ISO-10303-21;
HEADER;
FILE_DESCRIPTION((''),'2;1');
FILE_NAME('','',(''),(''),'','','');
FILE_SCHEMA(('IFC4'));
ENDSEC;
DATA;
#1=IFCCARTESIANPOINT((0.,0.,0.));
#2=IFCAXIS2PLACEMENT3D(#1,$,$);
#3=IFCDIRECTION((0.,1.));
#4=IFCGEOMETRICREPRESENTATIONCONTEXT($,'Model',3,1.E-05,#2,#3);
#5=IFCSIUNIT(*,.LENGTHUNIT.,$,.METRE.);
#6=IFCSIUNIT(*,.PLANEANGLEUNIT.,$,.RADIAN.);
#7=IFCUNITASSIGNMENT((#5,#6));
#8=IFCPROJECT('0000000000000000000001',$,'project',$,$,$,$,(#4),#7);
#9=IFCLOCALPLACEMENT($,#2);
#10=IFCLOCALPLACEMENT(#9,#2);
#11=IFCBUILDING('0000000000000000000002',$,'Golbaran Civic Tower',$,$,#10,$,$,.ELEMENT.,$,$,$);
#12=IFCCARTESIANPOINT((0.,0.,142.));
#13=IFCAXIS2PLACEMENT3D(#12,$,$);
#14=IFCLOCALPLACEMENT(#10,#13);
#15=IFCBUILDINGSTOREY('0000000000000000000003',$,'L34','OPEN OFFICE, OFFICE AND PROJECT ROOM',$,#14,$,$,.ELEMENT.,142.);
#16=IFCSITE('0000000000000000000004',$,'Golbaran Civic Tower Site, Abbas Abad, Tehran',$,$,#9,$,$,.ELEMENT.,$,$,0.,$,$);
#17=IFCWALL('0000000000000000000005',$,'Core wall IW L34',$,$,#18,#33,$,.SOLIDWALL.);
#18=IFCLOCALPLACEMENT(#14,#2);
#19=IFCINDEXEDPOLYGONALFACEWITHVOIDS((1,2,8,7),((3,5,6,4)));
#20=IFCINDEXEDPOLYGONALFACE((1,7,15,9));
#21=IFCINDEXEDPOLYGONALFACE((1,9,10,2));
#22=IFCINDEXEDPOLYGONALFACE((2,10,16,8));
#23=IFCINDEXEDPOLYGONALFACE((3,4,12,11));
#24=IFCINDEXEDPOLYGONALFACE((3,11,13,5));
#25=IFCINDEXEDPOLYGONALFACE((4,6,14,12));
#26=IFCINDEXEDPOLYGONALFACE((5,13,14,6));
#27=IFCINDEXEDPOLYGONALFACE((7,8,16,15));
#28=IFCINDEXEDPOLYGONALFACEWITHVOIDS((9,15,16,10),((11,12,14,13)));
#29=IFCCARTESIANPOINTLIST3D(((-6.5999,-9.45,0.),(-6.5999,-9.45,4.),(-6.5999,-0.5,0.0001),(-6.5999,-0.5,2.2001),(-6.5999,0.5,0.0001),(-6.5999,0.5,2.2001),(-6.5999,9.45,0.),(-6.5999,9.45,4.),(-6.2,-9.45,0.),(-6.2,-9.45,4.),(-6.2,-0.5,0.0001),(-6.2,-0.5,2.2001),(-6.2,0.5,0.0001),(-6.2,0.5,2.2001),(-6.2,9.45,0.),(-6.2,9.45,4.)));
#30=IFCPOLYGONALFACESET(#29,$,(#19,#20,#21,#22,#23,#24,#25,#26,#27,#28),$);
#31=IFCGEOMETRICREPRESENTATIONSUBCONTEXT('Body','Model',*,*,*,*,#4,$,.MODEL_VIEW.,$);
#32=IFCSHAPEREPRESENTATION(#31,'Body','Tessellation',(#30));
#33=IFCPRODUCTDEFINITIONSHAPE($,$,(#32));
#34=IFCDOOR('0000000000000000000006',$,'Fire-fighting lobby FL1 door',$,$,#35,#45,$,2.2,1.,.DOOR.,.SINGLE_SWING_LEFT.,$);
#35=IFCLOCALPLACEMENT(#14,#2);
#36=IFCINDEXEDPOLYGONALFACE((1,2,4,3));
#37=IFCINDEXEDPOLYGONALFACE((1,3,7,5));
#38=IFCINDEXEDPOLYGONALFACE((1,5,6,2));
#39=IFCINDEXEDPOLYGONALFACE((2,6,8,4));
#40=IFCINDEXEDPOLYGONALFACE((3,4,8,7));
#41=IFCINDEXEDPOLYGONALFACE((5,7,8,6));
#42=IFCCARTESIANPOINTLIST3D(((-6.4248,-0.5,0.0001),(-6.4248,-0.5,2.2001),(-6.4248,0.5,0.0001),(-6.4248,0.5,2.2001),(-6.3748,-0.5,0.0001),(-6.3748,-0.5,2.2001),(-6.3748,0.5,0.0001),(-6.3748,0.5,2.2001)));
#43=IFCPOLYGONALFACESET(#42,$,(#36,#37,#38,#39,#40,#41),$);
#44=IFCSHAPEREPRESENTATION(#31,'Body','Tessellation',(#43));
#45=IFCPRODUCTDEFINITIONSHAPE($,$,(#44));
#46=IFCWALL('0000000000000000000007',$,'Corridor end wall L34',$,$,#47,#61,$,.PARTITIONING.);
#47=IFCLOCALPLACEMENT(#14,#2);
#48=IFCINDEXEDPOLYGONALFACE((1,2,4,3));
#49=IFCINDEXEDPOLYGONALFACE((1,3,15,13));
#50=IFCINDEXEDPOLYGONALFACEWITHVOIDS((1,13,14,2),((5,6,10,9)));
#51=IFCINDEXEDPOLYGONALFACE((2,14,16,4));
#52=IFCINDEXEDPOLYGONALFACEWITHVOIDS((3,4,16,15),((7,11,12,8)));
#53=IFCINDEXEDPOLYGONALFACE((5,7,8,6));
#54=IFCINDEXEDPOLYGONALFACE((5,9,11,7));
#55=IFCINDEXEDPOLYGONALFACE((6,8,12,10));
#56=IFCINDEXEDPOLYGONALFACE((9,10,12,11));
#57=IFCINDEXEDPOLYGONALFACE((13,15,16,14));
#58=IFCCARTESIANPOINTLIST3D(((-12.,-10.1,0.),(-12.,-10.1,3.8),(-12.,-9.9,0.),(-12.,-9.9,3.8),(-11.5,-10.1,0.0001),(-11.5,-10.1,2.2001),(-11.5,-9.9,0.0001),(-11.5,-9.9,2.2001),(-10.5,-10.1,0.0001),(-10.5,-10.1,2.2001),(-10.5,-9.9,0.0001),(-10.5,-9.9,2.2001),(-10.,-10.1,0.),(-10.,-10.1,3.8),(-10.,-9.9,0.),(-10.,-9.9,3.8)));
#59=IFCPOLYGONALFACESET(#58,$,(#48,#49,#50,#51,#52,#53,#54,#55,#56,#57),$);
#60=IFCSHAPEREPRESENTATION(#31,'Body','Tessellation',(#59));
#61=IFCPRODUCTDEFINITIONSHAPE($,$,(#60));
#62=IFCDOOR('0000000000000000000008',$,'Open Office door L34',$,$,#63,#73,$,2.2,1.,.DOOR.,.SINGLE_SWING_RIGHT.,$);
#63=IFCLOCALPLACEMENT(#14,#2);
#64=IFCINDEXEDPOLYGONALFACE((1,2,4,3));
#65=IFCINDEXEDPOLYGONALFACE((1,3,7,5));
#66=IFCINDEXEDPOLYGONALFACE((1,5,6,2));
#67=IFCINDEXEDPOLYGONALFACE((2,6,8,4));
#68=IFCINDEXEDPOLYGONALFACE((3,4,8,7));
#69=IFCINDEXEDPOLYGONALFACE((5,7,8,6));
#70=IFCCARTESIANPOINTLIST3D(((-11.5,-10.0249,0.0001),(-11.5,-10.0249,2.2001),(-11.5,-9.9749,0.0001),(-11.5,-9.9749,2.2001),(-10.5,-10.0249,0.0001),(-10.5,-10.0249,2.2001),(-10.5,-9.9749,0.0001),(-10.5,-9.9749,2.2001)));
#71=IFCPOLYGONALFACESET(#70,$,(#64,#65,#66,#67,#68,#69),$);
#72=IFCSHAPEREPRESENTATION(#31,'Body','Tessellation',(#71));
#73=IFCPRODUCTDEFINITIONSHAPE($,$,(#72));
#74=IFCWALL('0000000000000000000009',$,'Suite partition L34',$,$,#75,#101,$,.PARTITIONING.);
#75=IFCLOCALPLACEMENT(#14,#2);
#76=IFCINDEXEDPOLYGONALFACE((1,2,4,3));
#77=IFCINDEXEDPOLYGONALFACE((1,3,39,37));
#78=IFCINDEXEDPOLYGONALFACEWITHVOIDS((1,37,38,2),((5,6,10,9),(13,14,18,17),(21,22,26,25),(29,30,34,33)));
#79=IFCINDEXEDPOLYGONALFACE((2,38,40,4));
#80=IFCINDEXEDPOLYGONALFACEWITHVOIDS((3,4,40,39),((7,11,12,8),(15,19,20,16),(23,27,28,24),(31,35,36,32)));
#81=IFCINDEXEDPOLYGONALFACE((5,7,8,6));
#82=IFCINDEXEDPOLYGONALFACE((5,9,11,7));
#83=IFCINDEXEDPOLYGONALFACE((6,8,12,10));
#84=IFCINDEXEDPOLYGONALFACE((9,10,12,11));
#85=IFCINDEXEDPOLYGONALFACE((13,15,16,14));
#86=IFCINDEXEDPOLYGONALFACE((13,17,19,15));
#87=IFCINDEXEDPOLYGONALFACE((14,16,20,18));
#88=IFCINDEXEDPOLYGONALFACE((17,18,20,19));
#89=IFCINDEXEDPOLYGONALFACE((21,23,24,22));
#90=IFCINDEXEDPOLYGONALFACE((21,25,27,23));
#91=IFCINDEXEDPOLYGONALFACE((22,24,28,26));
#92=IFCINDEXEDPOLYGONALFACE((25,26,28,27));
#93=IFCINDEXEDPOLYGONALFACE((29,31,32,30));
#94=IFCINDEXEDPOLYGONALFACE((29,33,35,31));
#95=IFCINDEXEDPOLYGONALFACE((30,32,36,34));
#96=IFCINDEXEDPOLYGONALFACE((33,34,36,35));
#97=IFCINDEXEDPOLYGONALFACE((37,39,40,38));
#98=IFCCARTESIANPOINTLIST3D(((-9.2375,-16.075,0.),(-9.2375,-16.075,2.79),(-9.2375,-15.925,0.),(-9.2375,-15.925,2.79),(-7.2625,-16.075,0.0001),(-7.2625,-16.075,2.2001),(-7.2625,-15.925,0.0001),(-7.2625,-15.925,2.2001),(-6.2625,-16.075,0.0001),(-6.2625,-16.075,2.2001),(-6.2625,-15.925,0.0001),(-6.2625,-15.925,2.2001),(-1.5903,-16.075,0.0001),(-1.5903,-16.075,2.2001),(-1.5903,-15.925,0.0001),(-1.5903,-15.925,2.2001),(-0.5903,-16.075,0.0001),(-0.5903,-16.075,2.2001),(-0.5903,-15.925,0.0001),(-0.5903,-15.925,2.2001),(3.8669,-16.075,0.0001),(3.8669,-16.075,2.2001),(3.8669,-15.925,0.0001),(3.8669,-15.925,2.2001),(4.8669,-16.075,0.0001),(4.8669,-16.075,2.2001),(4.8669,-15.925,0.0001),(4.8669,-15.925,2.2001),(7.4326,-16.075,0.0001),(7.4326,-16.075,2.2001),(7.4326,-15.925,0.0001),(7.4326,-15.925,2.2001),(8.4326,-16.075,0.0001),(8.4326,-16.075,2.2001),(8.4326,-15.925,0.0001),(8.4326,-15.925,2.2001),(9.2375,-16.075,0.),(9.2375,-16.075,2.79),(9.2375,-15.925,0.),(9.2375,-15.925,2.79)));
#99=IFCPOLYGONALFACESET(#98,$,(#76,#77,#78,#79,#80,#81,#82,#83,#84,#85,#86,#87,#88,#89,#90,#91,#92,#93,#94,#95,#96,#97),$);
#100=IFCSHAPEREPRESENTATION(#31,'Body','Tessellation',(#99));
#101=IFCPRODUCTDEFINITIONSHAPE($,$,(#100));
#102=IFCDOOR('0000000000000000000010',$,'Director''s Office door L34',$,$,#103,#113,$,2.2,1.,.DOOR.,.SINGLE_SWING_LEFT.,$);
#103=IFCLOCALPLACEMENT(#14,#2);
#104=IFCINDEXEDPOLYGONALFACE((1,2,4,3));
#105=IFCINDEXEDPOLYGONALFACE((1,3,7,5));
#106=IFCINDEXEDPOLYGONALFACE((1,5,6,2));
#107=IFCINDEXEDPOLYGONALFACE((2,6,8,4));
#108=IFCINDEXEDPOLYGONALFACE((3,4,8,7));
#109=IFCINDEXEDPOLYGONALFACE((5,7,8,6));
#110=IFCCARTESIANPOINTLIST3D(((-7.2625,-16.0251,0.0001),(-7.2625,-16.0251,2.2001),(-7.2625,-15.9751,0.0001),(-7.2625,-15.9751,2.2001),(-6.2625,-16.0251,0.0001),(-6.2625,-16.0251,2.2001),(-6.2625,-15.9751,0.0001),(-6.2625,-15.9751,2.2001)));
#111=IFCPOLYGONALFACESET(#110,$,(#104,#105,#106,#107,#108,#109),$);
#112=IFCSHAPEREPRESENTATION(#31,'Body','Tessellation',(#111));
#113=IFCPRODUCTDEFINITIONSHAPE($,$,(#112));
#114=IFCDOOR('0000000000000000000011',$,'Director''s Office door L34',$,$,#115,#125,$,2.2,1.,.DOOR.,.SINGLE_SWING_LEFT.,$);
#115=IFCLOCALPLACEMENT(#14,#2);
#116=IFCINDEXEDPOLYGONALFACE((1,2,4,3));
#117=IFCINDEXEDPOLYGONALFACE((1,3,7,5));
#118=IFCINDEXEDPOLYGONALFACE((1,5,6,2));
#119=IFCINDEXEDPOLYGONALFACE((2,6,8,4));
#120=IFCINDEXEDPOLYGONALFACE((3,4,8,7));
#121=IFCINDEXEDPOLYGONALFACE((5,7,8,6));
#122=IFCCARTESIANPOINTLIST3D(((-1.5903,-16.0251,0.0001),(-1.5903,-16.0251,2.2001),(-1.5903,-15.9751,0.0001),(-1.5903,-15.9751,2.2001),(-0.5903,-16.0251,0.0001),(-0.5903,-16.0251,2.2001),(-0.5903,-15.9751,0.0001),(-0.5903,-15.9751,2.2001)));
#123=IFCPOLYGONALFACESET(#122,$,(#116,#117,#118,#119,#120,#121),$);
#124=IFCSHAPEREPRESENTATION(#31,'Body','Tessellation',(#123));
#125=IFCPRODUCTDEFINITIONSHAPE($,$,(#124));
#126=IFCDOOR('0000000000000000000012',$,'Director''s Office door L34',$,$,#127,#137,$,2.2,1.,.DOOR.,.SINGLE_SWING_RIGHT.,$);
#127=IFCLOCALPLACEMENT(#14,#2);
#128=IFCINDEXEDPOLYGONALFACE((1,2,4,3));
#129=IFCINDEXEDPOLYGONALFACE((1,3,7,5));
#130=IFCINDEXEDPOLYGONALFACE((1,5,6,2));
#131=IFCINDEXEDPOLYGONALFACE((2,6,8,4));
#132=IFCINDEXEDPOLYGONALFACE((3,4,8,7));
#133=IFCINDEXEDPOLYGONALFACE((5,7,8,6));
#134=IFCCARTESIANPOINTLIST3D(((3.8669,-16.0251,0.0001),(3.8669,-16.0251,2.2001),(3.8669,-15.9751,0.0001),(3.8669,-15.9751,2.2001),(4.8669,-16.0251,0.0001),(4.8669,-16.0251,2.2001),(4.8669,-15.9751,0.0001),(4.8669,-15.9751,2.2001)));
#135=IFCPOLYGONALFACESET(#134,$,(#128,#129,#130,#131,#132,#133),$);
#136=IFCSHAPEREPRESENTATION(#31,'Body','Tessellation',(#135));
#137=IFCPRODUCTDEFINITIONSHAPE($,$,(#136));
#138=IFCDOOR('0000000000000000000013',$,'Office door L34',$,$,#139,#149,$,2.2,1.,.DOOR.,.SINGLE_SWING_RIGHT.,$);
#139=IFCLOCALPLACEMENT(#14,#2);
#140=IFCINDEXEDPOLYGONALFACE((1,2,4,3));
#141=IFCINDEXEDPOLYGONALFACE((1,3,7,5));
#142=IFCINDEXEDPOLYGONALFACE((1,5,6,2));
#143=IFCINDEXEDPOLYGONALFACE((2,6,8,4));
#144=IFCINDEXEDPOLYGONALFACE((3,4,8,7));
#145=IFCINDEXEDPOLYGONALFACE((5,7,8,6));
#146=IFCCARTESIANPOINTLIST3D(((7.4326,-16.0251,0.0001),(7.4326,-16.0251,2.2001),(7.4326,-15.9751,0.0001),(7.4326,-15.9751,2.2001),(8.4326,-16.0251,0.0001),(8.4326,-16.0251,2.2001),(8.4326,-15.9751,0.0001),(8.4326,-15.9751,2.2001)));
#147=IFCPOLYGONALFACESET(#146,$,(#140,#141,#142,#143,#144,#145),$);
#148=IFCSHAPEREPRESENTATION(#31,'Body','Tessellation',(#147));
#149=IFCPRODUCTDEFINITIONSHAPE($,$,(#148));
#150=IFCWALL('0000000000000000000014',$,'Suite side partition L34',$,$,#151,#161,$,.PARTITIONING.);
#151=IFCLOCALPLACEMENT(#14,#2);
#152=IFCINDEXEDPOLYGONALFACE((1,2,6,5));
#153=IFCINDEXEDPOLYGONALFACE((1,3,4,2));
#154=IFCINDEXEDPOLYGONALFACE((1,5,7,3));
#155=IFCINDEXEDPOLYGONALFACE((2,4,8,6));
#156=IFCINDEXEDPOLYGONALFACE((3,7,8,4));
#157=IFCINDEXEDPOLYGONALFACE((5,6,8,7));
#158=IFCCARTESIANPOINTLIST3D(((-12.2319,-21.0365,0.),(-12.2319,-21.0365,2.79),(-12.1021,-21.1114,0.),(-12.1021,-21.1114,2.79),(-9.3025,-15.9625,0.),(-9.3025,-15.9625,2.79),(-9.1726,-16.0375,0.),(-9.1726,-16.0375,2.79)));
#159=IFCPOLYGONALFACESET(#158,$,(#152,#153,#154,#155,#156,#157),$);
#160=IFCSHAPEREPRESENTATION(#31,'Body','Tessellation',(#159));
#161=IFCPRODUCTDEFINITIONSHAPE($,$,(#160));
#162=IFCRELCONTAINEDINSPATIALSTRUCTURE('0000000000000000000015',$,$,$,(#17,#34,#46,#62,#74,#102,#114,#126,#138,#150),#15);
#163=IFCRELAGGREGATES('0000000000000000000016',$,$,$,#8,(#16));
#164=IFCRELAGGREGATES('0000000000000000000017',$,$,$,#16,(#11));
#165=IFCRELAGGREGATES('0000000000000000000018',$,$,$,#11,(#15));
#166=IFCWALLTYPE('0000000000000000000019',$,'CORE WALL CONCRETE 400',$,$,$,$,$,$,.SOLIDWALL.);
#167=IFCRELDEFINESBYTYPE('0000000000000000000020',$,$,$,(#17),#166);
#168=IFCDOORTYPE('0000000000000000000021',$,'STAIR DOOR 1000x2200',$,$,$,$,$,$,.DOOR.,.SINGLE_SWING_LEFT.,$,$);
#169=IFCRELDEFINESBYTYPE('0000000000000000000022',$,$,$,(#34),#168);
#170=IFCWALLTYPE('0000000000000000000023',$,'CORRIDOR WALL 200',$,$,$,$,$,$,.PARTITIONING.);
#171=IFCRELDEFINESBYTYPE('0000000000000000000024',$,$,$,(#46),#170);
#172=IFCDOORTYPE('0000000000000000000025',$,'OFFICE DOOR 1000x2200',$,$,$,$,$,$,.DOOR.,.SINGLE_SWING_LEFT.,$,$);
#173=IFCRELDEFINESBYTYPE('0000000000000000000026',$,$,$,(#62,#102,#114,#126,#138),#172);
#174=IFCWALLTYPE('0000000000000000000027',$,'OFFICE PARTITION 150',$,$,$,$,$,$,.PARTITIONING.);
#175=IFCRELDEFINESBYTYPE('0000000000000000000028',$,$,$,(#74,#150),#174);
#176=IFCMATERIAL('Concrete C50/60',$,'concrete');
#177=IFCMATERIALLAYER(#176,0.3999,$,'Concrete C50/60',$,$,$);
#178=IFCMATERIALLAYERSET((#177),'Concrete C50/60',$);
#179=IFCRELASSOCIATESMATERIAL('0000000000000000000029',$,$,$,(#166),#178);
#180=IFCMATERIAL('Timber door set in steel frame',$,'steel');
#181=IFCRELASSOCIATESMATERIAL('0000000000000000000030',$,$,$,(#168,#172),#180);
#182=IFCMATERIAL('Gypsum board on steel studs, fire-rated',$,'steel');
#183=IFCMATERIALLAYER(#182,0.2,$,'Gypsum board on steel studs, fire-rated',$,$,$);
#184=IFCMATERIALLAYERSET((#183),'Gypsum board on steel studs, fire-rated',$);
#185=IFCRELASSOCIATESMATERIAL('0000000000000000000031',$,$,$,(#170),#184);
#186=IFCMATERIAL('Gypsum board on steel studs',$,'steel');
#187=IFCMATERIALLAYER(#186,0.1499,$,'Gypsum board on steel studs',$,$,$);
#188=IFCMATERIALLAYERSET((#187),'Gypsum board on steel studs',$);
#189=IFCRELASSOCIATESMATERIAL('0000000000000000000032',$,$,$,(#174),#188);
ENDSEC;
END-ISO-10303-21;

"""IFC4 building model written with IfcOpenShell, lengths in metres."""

from ifc_helpers import new_model, si_unit, direction, frame, frame_2d, origin, place, context, subcontext, project, spatial, rectangle, extrude, material, layer, layer_set, type_object, element, fill, save


model = new_model("IFC4")

# Units and contexts
model_context = context("Model", 3, precision=1e-05, world=origin(), true_north=direction((0.0, 1.0)))
body_context = subcontext(model_context, "Body", "Model", "MODEL_VIEW")
ifc_project = project(units=[si_unit("LENGTHUNIT", "METRE"), si_unit("PLANEANGLEUNIT", "RADIAN")], contexts=[model_context])

# Site, building, storey
site_placement = place(None, origin())
site = spatial("IfcSite", under=ifc_project, at=site_placement, Name="Golbaran Civic Tower Site, Abbas Abad, Tehran", CompositionType="ELEMENT", RefElevation=0.0)
building_placement = place(site_placement, origin())
building = spatial("IfcBuilding", under=site, at=building_placement, Name="Golbaran Civic Tower", CompositionType="ELEMENT")
storey_placement = place(building_placement, frame((0.0, 0.0, 142.0)))
storey = spatial("IfcBuildingStorey", under=building, at=storey_placement, Name="L34", Description="OPEN OFFICE, OFFICE AND PROJECT ROOM", CompositionType="ELEMENT", Elevation=142.0)

# Walls, openings, doors
ifc_material_1 = material(Name="Concrete C50/60", Category="concrete")
ifc_layer_1 = layer(ifc_material_1, 0.3999, Name="Concrete C50/60")
ifc_layer_set_1 = layer_set([ifc_layer_1], Name="Concrete C50/60")
wall_type_1 = type_object("IfcWallType", Name="CORE WALL CONCRETE 400", PredefinedType="SOLIDWALL", material=ifc_layer_set_1)
wall_1_placement = place(storey_placement, frame((-6.3999, -9.45, 0.0), z_axis=(0.0, 0.0, 1.0), x_axis=(0.0, 1.0, 0.0)))
wall_1 = element("IfcWall", 1, at=wall_1_placement, inside=storey, type_object=wall_type_1, Name="Core wall IW L34", PredefinedType="SOLIDWALL", context=body_context, shape_type="SweptSolid", body=[
    extrude(rectangle(XDim=18.8999, YDim=0.3999, at=frame_2d((9.45, 0.0))), origin(), (0.0, 0.0, 1.0), 4.0),
])
opening_1_placement = place(wall_1_placement, frame((8.95, 0.0, 0.0)))
opening_1 = element("IfcOpeningElement", 2, at=opening_1_placement, cuts=wall_1, PredefinedType="OPENING", context=body_context, shape_type="SweptSolid", body=[
    extrude(rectangle(XDim=1.0, YDim=2.2, at=frame_2d((0.5, 1.1001))), frame((0.0, 0.21, 0.0), z_axis=(0.0, -1.0, 0.0), x_axis=(1.0, 0.0, 0.0)), (0.0, 0.0, 1.0), 0.4199),
])
ifc_material_2 = material(Name="Timber door set in steel frame", Category="steel")
door_type_1 = type_object("IfcDoorType", Name="STAIR DOOR 1000x2200", OperationType="SINGLE_SWING_LEFT", PredefinedType="DOOR", material=ifc_material_2)
door_1_placement = place(opening_1_placement, origin())
door_1 = element("IfcDoor", 3, at=door_1_placement, inside=storey, type_object=door_type_1, Name="Fire-fighting lobby FL1 door", OperationType="SINGLE_SWING_LEFT", OverallHeight=2.2, OverallWidth=1.0, PredefinedType="DOOR", context=body_context, shape_type="SweptSolid", body=[
    extrude(rectangle(XDim=1.0, YDim=2.2, at=frame_2d((0.5, 1.1001))), frame((0.0, 0.0249, 0.0), z_axis=(0.0, -1.0, 0.0), x_axis=(1.0, 0.0, 0.0)), (0.0, 0.0, 1.0), 0.05),
])
fill(opening_1, door_1)
ifc_material_3 = material(Name="Gypsum board on steel studs, fire-rated", Category="steel")
ifc_layer_2 = layer(ifc_material_3, 0.2, Name="Gypsum board on steel studs, fire-rated")
ifc_layer_set_2 = layer_set([ifc_layer_2], Name="Gypsum board on steel studs, fire-rated")
wall_type_2 = type_object("IfcWallType", Name="CORRIDOR WALL 200", PredefinedType="PARTITIONING", material=ifc_layer_set_2)
wall_2_placement = place(storey_placement, frame((-10.0, -10.0, 0.0), z_axis=(0.0, 0.0, 1.0), x_axis=(-1.0, 0.0, 0.0)))
wall_2 = element("IfcWall", 4, at=wall_2_placement, inside=storey, type_object=wall_type_2, Name="Corridor end wall L34", PredefinedType="PARTITIONING", context=body_context, shape_type="SweptSolid", body=[
    extrude(rectangle(XDim=2.0, YDim=0.2, at=frame_2d((1.0, 0.0))), origin(), (0.0, 0.0, 1.0), 3.8),
])
opening_2_placement = place(wall_2_placement, frame((0.5, 0.0, 0.0)))
opening_2 = element("IfcOpeningElement", 5, at=opening_2_placement, cuts=wall_2, PredefinedType="OPENING", context=body_context, shape_type="SweptSolid", body=[
    extrude(rectangle(XDim=1.0, YDim=2.2, at=frame_2d((0.5, 1.1001))), frame((0.0, 0.1099, 0.0), z_axis=(0.0, -1.0, 0.0), x_axis=(1.0, 0.0, 0.0)), (0.0, 0.0, 1.0), 0.22),
])
door_type_2 = type_object("IfcDoorType", Name="OFFICE DOOR 1000x2200", OperationType="SINGLE_SWING_LEFT", PredefinedType="DOOR", material=ifc_material_2)
door_2_placement = place(opening_2_placement, origin())
door_2 = element("IfcDoor", 6, at=door_2_placement, inside=storey, type_object=door_type_2, Name="Open Office door L34", OperationType="SINGLE_SWING_RIGHT", OverallHeight=2.2, OverallWidth=1.0, PredefinedType="DOOR", context=body_context, shape_type="SweptSolid", body=[
    extrude(rectangle(XDim=1.0, YDim=2.2, at=frame_2d((0.5, 1.1001))), frame((0.0, 0.0249, 0.0), z_axis=(0.0, -1.0, 0.0), x_axis=(1.0, 0.0, 0.0)), (0.0, 0.0, 1.0), 0.05),
])
fill(opening_2, door_2)

# Wall, openings, doors
ifc_material_4 = material(Name="Gypsum board on steel studs", Category="steel")
ifc_layer_3 = layer(ifc_material_4, 0.1499, Name="Gypsum board on steel studs")
ifc_layer_set_3 = layer_set([ifc_layer_3], Name="Gypsum board on steel studs")
wall_type_3 = type_object("IfcWallType", Name="OFFICE PARTITION 150", PredefinedType="PARTITIONING", material=ifc_layer_set_3)
wall_3_placement = place(storey_placement, frame((-9.2375, -16.0, 0.0), z_axis=(0.0, 0.0, 1.0), x_axis=(1.0, 0.0, 0.0)))
wall_3 = element("IfcWall", 7, at=wall_3_placement, inside=storey, type_object=wall_type_3, Name="Suite partition L34", PredefinedType="PARTITIONING", context=body_context, shape_type="SweptSolid", body=[
    extrude(rectangle(XDim=18.4751, YDim=0.1499, at=frame_2d((9.2375, 0.0))), origin(), (0.0, 0.0, 1.0), 2.79),
])
opening_3_placement = place(wall_3_placement, frame((1.9751, 0.0, 0.0)))
opening_3 = element("IfcOpeningElement", 8, at=opening_3_placement, cuts=wall_3, PredefinedType="OPENING", context=body_context, shape_type="SweptSolid", body=[
    extrude(rectangle(XDim=1.0, YDim=2.2, at=frame_2d((0.5, 1.1001))), frame((0.0, 0.085, 0.0), z_axis=(0.0, -1.0, 0.0), x_axis=(1.0, 0.0, 0.0)), (0.0, 0.0, 1.0), 0.1699),
])
opening_4_placement = place(wall_3_placement, frame((7.6472, 0.0, 0.0)))
opening_4 = element("IfcOpeningElement", 9, at=opening_4_placement, cuts=wall_3, PredefinedType="OPENING", context=body_context, shape_type="SweptSolid", body=[
    extrude(rectangle(XDim=1.0, YDim=2.2, at=frame_2d((0.5, 1.1001))), frame((0.0, 0.085, 0.0), z_axis=(0.0, -1.0, 0.0), x_axis=(1.0, 0.0, 0.0)), (0.0, 0.0, 1.0), 0.1699),
])
opening_5_placement = place(wall_3_placement, frame((13.1045, 0.0, 0.0)))
opening_5 = element("IfcOpeningElement", 10, at=opening_5_placement, cuts=wall_3, PredefinedType="OPENING", context=body_context, shape_type="SweptSolid", body=[
    extrude(rectangle(XDim=1.0, YDim=2.2, at=frame_2d((0.5, 1.1001))), frame((0.0, 0.085, 0.0), z_axis=(0.0, -1.0, 0.0), x_axis=(1.0, 0.0, 0.0)), (0.0, 0.0, 1.0), 0.1699),
])
opening_6_placement = place(wall_3_placement, frame((16.6702, 0.0, 0.0)))
opening_6 = element("IfcOpeningElement", 11, at=opening_6_placement, cuts=wall_3, PredefinedType="OPENING", context=body_context, shape_type="SweptSolid", body=[
    extrude(rectangle(XDim=1.0, YDim=2.2, at=frame_2d((0.5, 1.1001))), frame((0.0, 0.085, 0.0), z_axis=(0.0, -1.0, 0.0), x_axis=(1.0, 0.0, 0.0)), (0.0, 0.0, 1.0), 0.1699),
])
door_3_placement = place(opening_3_placement, origin())
door_3 = element("IfcDoor", 12, at=door_3_placement, inside=storey, type_object=door_type_2, Name="Director's Office door L34", OperationType="SINGLE_SWING_LEFT", OverallHeight=2.2, OverallWidth=1.0, PredefinedType="DOOR", context=body_context, shape_type="SweptSolid", body=[
    extrude(rectangle(XDim=1.0, YDim=2.2, at=frame_2d((0.5, 1.1001))), frame((0.0, 0.0249, 0.0), z_axis=(0.0, -1.0, 0.0), x_axis=(1.0, 0.0, 0.0)), (0.0, 0.0, 1.0), 0.05),
])
fill(opening_3, door_3)
door_4_placement = place(opening_4_placement, origin())
door_4 = element("IfcDoor", 13, at=door_4_placement, inside=storey, type_object=door_type_2, Name="Director's Office door L34", OperationType="SINGLE_SWING_LEFT", OverallHeight=2.2, OverallWidth=1.0, PredefinedType="DOOR", context=body_context, shape_type="SweptSolid", body=[
    extrude(rectangle(XDim=1.0, YDim=2.2, at=frame_2d((0.5, 1.1001))), frame((0.0, 0.0249, 0.0), z_axis=(0.0, -1.0, 0.0), x_axis=(1.0, 0.0, 0.0)), (0.0, 0.0, 1.0), 0.05),
])
fill(opening_4, door_4)
door_5_placement = place(opening_5_placement, origin())
door_5 = element("IfcDoor", 14, at=door_5_placement, inside=storey, type_object=door_type_2, Name="Director's Office door L34", OperationType="SINGLE_SWING_RIGHT", OverallHeight=2.2, OverallWidth=1.0, PredefinedType="DOOR", context=body_context, shape_type="SweptSolid", body=[
    extrude(rectangle(XDim=1.0, YDim=2.2, at=frame_2d((0.5, 1.1001))), frame((0.0, 0.0249, 0.0), z_axis=(0.0, -1.0, 0.0), x_axis=(1.0, 0.0, 0.0)), (0.0, 0.0, 1.0), 0.05),
])
fill(opening_5, door_5)
door_6_placement = place(opening_6_placement, origin())
door_6 = element("IfcDoor", 15, at=door_6_placement, inside=storey, type_object=door_type_2, Name="Office door L34", OperationType="SINGLE_SWING_RIGHT", OverallHeight=2.2, OverallWidth=1.0, PredefinedType="DOOR", context=body_context, shape_type="SweptSolid", body=[
    extrude(rectangle(XDim=1.0, YDim=2.2, at=frame_2d((0.5, 1.1001))), frame((0.0, 0.0249, 0.0), z_axis=(0.0, -1.0, 0.0), x_axis=(1.0, 0.0, 0.0)), (0.0, 0.0, 1.0), 0.05),
])
fill(opening_6, door_6)

# Wall
wall_4_placement = place(storey_placement, frame((-9.2375, -16.0, 0.0), z_axis=(0.0, 0.0, 1.0), x_axis=(-0.499998, -0.866027, 0.0)))
element("IfcWall", 16, at=wall_4_placement, inside=storey, type_object=wall_type_3, Name="Suite side partition L34", PredefinedType="PARTITIONING", context=body_context, shape_type="SweptSolid", body=[
    extrude(rectangle(XDim=5.8589, YDim=0.1499, at=frame_2d((2.9294, 0.0))), origin(), (0.0, 0.0, 1.0), 2.79),
])

save(model, "model.ifc")
